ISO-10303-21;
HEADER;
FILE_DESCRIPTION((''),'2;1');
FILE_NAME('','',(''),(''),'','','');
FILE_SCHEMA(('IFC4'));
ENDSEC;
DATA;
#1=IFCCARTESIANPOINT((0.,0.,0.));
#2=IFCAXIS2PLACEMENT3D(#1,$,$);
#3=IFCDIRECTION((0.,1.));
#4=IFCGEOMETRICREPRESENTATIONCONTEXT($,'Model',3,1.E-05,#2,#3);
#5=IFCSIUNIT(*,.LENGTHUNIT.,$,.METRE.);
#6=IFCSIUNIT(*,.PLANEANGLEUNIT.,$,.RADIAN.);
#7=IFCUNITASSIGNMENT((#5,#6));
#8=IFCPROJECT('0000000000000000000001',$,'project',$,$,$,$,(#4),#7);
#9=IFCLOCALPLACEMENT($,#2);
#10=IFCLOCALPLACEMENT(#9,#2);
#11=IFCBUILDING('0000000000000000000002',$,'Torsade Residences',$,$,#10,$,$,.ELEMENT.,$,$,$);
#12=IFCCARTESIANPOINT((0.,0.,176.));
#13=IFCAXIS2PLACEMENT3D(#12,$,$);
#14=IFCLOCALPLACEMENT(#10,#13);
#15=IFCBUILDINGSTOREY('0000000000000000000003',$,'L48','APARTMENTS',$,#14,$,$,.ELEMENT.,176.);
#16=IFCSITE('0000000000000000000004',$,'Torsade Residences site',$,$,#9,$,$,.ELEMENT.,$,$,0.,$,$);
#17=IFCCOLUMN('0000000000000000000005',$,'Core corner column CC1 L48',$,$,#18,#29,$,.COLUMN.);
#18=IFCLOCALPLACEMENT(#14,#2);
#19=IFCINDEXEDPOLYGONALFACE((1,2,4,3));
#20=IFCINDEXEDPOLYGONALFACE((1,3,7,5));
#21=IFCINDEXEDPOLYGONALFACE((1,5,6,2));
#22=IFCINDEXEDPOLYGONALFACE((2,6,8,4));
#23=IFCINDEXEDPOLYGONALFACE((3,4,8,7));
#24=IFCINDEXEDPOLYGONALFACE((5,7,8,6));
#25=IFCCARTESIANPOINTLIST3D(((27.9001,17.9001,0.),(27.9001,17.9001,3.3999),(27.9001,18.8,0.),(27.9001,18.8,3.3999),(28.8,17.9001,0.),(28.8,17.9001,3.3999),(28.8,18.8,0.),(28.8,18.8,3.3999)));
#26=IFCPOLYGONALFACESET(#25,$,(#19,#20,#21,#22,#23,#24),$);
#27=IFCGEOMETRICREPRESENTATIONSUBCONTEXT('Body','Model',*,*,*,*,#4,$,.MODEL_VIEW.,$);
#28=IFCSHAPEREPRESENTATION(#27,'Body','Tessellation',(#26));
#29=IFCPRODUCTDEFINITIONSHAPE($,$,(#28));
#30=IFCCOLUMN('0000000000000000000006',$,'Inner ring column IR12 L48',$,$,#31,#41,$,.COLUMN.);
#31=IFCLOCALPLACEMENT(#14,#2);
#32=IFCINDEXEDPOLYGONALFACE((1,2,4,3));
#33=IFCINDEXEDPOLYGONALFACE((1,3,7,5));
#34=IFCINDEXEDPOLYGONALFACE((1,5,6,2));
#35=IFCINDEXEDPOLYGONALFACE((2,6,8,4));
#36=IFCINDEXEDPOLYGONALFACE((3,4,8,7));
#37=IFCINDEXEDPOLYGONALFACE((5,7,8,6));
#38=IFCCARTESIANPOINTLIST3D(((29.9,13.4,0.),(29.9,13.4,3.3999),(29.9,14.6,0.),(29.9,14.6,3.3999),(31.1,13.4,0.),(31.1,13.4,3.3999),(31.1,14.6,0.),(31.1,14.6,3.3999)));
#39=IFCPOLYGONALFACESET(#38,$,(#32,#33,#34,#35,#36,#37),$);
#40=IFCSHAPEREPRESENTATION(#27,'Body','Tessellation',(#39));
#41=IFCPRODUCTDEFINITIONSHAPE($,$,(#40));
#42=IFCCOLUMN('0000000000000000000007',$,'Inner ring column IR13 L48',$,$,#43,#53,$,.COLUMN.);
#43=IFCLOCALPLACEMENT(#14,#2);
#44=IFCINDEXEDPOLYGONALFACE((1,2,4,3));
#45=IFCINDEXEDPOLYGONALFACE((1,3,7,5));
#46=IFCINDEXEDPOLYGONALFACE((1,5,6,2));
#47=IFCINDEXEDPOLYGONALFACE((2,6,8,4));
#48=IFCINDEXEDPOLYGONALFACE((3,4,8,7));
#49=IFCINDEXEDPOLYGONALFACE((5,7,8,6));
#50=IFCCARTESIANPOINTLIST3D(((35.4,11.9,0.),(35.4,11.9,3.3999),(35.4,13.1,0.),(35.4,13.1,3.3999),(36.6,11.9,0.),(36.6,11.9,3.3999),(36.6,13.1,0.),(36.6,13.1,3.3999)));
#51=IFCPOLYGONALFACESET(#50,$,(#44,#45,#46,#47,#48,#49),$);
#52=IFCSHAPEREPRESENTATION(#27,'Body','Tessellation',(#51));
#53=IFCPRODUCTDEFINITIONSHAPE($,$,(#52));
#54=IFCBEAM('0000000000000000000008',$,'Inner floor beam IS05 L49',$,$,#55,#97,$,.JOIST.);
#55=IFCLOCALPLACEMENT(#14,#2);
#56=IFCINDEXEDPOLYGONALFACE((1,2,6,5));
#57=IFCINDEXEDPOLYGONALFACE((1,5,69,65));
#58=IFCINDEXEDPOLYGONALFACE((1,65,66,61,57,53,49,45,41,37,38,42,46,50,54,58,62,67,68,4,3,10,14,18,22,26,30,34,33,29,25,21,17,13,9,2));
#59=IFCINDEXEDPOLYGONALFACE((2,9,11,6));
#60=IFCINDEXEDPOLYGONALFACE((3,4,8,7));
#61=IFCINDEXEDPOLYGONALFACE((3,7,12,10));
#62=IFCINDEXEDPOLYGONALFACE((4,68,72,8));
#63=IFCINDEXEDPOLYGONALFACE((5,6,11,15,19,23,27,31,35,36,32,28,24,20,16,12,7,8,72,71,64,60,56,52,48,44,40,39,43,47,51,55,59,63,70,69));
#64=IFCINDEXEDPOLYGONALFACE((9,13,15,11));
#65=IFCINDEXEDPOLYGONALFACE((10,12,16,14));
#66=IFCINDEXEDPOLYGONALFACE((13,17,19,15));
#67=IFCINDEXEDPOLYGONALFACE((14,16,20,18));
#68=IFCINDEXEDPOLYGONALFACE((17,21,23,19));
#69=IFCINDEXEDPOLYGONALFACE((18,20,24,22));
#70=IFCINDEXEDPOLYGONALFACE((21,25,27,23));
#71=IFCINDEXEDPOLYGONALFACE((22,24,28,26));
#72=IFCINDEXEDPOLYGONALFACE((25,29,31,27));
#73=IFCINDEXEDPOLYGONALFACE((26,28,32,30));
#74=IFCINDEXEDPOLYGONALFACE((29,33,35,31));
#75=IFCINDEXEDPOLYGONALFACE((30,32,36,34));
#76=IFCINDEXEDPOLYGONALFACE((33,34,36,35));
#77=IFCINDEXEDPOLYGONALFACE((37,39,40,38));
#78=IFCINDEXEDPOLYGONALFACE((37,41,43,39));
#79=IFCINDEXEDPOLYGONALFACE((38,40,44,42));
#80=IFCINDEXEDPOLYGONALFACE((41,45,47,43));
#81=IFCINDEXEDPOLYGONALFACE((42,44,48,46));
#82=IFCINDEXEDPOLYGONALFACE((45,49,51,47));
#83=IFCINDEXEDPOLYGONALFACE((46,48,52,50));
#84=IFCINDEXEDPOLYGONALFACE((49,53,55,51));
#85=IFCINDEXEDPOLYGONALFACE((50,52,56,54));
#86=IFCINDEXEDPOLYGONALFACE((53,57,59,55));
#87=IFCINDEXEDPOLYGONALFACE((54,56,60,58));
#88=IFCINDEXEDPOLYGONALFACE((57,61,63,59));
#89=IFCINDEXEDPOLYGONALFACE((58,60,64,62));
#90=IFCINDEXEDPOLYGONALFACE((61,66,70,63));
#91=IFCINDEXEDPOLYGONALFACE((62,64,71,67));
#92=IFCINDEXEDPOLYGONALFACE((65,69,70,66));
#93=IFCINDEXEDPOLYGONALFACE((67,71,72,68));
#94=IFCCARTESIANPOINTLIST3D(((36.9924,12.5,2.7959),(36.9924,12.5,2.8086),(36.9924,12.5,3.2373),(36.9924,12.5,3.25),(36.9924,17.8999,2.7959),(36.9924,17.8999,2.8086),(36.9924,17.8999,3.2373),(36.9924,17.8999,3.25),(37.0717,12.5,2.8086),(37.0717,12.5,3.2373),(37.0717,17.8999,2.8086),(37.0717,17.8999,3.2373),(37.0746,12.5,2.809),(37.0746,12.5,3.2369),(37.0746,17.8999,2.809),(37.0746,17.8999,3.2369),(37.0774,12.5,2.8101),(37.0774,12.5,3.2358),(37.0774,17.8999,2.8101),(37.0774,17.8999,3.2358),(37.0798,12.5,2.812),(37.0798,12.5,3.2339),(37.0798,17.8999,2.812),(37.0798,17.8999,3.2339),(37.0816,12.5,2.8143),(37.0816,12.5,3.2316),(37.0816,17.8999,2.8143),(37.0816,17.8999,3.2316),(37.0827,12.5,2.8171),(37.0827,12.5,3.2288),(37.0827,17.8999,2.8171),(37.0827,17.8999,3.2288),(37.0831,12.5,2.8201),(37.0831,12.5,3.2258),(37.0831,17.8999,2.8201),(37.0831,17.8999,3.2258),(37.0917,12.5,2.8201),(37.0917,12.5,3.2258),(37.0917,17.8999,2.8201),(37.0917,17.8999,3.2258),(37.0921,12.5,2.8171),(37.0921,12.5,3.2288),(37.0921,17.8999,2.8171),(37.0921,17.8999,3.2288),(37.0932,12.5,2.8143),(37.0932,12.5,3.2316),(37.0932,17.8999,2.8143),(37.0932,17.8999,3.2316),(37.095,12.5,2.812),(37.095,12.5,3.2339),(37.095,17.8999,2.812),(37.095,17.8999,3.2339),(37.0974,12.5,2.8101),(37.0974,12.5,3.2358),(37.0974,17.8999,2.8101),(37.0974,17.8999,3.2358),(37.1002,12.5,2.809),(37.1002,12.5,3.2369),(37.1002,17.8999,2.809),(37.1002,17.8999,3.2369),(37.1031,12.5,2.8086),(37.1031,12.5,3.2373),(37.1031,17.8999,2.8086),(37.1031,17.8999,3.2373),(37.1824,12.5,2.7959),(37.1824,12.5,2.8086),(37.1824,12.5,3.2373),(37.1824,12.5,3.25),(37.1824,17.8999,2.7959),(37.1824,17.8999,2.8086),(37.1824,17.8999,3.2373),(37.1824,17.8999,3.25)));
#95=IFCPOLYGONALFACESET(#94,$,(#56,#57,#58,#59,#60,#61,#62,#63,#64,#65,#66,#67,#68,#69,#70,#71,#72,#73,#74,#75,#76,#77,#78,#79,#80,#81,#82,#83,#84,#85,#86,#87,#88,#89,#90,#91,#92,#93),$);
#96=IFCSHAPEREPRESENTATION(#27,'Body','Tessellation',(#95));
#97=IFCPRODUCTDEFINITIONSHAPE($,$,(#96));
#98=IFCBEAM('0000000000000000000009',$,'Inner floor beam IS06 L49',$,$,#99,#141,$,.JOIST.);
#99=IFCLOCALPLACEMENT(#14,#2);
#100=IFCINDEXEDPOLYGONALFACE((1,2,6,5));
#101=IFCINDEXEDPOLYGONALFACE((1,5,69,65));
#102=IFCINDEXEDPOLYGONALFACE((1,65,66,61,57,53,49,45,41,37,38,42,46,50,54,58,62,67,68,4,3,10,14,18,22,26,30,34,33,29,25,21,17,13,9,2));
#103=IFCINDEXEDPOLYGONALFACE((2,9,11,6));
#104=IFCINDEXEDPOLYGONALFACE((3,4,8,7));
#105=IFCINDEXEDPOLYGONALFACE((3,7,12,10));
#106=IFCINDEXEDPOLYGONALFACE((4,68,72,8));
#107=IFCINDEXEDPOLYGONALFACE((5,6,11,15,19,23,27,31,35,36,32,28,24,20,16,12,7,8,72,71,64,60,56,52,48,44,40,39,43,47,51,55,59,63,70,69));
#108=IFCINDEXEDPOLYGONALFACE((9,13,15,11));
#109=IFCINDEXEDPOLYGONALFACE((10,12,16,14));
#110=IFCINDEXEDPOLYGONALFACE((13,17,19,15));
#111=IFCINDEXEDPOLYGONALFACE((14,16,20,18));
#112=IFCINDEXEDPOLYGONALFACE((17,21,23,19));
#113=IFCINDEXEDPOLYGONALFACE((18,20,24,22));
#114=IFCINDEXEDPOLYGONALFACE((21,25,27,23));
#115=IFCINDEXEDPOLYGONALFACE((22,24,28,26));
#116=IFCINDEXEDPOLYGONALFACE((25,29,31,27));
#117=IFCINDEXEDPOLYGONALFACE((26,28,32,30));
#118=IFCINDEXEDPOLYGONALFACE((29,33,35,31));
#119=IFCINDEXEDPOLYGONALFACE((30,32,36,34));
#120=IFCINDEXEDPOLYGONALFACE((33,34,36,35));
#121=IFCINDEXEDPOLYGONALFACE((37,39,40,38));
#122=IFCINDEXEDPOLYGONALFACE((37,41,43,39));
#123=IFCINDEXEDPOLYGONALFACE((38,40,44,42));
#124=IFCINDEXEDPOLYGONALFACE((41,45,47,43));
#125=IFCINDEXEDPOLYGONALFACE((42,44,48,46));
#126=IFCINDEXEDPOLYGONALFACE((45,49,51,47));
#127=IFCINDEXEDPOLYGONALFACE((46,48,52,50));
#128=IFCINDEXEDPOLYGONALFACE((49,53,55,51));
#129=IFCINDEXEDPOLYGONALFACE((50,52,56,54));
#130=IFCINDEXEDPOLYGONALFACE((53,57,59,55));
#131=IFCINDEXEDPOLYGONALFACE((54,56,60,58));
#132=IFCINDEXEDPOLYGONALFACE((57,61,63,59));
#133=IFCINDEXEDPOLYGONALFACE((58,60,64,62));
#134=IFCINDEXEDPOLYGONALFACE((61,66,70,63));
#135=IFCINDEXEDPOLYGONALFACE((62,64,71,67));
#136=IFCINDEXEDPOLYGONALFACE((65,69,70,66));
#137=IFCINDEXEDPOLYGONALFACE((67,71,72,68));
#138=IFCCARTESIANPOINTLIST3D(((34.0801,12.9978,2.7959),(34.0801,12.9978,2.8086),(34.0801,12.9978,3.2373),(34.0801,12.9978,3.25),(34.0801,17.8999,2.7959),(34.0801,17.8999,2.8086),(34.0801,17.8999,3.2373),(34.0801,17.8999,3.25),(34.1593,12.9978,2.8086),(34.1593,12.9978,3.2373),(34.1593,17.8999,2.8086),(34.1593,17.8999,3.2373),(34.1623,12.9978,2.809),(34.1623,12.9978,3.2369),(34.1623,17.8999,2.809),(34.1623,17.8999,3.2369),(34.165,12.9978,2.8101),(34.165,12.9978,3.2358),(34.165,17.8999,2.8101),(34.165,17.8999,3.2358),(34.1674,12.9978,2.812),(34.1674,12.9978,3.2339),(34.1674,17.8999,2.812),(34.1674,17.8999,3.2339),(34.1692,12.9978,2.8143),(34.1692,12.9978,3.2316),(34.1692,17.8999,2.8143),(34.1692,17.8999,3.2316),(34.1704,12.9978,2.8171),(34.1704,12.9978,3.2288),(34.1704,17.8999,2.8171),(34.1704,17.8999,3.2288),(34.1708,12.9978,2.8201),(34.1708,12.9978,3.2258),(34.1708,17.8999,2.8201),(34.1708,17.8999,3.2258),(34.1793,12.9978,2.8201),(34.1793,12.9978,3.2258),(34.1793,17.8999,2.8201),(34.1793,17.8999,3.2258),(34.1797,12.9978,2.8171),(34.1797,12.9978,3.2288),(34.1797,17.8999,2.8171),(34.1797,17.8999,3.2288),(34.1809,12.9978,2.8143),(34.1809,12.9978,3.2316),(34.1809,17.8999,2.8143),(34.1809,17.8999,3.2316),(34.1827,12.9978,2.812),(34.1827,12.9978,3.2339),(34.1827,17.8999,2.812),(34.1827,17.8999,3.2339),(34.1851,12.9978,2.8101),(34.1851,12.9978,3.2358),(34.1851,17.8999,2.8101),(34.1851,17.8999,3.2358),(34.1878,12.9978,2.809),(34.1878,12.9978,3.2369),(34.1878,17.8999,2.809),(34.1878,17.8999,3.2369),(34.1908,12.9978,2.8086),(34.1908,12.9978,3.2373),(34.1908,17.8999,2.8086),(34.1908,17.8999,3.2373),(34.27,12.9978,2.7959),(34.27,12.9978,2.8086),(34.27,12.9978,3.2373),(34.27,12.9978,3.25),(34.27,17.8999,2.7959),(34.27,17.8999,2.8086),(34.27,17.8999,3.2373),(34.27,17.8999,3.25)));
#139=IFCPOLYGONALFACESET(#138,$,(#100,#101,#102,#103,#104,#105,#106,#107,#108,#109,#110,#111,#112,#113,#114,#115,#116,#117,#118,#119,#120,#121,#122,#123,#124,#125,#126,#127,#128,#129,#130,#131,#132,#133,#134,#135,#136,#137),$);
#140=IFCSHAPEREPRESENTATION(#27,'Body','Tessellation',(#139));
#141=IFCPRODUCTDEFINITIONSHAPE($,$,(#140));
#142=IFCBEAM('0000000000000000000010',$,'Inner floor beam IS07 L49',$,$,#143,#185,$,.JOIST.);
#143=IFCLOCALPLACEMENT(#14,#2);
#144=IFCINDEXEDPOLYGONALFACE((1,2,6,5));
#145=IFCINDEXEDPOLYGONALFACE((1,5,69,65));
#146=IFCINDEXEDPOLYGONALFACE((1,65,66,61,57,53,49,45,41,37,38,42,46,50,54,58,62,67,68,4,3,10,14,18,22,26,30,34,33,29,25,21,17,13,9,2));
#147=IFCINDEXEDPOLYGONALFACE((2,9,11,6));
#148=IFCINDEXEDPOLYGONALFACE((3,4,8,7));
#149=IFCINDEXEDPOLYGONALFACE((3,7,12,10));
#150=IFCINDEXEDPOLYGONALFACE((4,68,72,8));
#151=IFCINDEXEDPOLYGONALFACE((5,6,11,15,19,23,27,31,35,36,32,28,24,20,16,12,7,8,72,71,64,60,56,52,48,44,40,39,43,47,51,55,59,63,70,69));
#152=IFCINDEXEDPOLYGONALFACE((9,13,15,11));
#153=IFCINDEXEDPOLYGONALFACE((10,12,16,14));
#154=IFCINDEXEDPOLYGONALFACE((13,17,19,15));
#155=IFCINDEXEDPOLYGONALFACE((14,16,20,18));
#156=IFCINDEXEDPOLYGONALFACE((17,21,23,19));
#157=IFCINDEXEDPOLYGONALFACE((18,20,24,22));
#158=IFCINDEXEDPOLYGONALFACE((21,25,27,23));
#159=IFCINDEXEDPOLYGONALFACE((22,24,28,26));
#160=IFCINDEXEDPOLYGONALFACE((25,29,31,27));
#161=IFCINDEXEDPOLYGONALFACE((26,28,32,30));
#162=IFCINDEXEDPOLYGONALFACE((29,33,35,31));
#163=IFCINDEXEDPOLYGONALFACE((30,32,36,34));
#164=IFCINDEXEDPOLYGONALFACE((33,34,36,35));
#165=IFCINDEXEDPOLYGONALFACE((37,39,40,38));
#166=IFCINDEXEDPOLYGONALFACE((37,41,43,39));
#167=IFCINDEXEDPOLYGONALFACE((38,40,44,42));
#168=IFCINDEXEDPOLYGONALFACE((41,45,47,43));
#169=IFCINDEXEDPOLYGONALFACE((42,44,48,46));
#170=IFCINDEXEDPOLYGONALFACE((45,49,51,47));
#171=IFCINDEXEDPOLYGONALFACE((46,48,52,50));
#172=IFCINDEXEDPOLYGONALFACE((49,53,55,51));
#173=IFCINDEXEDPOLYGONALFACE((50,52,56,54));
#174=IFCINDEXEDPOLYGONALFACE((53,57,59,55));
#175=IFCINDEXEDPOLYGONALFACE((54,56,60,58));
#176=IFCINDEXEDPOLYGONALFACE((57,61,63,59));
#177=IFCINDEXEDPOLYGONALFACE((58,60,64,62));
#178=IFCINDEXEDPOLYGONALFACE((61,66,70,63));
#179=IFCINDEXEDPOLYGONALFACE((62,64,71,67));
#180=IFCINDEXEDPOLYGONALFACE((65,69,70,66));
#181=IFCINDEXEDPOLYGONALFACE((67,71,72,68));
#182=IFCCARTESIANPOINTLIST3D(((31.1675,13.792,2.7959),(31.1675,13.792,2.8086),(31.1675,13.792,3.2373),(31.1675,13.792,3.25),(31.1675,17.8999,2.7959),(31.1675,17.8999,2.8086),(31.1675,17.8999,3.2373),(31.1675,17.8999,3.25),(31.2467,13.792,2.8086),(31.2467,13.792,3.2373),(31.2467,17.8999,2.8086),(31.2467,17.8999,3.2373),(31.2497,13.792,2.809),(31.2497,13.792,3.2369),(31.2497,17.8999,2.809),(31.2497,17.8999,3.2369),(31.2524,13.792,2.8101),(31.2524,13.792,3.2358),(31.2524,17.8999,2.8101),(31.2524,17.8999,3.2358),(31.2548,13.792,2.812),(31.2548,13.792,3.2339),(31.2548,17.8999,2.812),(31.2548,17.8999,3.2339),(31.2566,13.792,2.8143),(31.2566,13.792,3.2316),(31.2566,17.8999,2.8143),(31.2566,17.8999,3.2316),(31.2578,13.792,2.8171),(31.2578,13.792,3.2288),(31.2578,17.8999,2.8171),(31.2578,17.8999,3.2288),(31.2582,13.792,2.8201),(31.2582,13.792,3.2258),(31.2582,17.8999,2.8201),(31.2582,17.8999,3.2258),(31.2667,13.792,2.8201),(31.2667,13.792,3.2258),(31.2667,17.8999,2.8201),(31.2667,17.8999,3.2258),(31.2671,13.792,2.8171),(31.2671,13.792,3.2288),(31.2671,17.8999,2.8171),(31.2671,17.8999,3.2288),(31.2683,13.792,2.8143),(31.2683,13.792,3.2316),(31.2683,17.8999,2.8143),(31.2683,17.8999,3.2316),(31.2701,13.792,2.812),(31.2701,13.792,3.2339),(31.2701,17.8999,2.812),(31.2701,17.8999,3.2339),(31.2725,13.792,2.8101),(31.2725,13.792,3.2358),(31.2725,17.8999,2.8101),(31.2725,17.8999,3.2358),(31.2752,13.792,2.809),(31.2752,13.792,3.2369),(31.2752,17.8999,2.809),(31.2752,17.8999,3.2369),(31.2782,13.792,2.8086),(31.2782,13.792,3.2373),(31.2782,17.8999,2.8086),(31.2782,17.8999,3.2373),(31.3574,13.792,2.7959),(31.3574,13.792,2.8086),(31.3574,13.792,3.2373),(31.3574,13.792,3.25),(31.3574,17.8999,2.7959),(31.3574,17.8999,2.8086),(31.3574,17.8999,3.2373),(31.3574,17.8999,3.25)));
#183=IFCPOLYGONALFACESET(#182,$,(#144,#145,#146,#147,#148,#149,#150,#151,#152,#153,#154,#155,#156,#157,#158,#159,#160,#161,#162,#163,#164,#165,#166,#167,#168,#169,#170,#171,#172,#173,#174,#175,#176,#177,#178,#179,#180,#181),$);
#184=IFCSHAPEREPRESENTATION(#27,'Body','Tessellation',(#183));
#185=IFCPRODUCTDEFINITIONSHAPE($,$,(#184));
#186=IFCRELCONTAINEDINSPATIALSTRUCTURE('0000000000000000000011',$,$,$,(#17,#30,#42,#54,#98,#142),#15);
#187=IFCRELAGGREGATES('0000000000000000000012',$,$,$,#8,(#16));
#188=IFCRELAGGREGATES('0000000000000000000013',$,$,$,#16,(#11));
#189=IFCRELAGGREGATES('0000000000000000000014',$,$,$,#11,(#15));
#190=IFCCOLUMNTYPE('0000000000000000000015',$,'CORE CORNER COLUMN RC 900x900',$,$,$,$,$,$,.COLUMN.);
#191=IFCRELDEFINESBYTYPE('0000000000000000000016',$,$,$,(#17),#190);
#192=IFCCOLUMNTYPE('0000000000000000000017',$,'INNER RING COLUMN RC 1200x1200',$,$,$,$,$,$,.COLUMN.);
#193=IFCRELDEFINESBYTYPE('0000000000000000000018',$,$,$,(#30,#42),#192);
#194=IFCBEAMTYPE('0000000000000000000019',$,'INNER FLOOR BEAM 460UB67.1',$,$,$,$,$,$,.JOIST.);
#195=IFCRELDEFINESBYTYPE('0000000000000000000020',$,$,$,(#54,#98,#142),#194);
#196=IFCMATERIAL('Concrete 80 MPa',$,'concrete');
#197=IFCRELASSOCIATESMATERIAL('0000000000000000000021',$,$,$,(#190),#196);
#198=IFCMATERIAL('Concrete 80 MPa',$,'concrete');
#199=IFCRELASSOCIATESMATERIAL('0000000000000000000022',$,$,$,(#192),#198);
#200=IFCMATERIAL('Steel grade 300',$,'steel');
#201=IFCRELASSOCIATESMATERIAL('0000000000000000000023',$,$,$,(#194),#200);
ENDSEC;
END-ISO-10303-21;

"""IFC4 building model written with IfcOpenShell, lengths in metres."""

from ifc_helpers import new_model, si_unit, direction, frame, origin, origin_2d, place, context, subcontext, project, spatial, rectangle, i_section, extrude, material, material_profile, profile_set, type_object, element, save


model = new_model("IFC4")

# Units and contexts
model_context = context("Model", 3, precision=1e-05, world=origin(), true_north=direction((0.0, 1.0)))
body_context = subcontext(model_context, "Body", "Model", "MODEL_VIEW")
ifc_project = project(units=[si_unit("LENGTHUNIT", "METRE"), si_unit("PLANEANGLEUNIT", "RADIAN")], contexts=[model_context])

# Site, building, storey
site_placement = place(None, origin())
site = spatial("IfcSite", under=ifc_project, at=site_placement, Name="Torsade Residences site", CompositionType="ELEMENT", RefElevation=0.0)
building_placement = place(site_placement, origin())
building = spatial("IfcBuilding", under=site, at=building_placement, Name="Torsade Residences", CompositionType="ELEMENT")
storey_placement = place(building_placement, frame((0.0, 0.0, 176.0)))
storey = spatial("IfcBuildingStorey", under=building, at=storey_placement, Name="L48", Description="APARTMENTS", CompositionType="ELEMENT", Elevation=176.0)

# Columns
ifc_material_1 = material(Name="Concrete 80 MPa", Category="concrete")
ifc_material_profile_1 = material_profile(ifc_material_1, rectangle(XDim=0.8999, YDim=0.8999, at=origin_2d()), Name="RC 900x900")
ifc_profile_set_1 = profile_set([ifc_material_profile_1], Name="Concrete 80 MPa")
column_type_1 = type_object("IfcColumnType", Name="CORE CORNER COLUMN RC 900x900", PredefinedType="COLUMN", material=ifc_profile_set_1)
column_placement = place(storey_placement, frame((28.3501, 18.3501, 0.0), z_axis=(0.0, 0.0, 1.0), x_axis=(1.0, 0.0, 0.0)))
element("IfcColumn", 1, at=column_placement, inside=storey, type_object=column_type_1, Name="Core corner column CC1 L48", PredefinedType="COLUMN", context=body_context, shape_type="SweptSolid", body=[
    extrude(rectangle(XDim=0.8999, YDim=0.8999, at=origin_2d()), origin(), (0.0, 0.0, 1.0), 3.3999),
])
ifc_material_2 = material(Name="Concrete 80 MPa", Category="concrete")
ifc_material_profile_2 = material_profile(ifc_material_2, rectangle(XDim=1.2, YDim=1.2, at=origin_2d()), Name="RC 1200x1200")
ifc_profile_set_2 = profile_set([ifc_material_profile_2], Name="Concrete 80 MPa")
column_type_2 = type_object("IfcColumnType", Name="INNER RING COLUMN RC 1200x1200", PredefinedType="COLUMN", material=ifc_profile_set_2)
for number, where, z_axis, x_axis, name in (
    (2, (30.5, 14.0, 0.0), (0.0, 0.0, 1.0), (1.0, 0.0, 0.0), "Inner ring column IR12 L48"),
    (3, (36.0, 12.5, 0.0), (0.0, 0.0, 1.0), (1.0, 0.0, 0.0), "Inner ring column IR13 L48"),
):
    element("IfcColumn", number, at=place(storey_placement, frame(where, z_axis=z_axis, x_axis=x_axis)), inside=storey, type_object=column_type_2, Name=name, PredefinedType="COLUMN", context=body_context, shape_type="SweptSolid", body=[
        extrude(rectangle(XDim=1.2, YDim=1.2, at=origin_2d()), origin(), (0.0, 0.0, 1.0), 3.3999),
    ])

# Beams
ifc_material_3 = material(Name="Steel grade 300", Category="steel")
ifc_material_profile_3 = material_profile(ifc_material_3, i_section(OverallWidth=0.1899, OverallDepth=0.4541, WebThickness=0.0085, FlangeThickness=0.0127, FilletRadius=0.0115, at=origin_2d()), Name="460UB67.1")
ifc_profile_set_3 = profile_set([ifc_material_profile_3], Name="Steel grade 300")
beam_type_1 = type_object("IfcBeamType", Name="INNER FLOOR BEAM 460UB67.1", PredefinedType="JOIST", material=ifc_profile_set_3)
beam_1_placement = place(storey_placement, frame((37.0874, 17.8999, 3.0229), z_axis=(0.0, -1.0, 0.0), x_axis=(1.0, 0.0, 0.0)))
element("IfcBeam", 4, at=beam_1_placement, inside=storey, type_object=beam_type_1, Name="Inner floor beam IS05 L49", PredefinedType="JOIST", context=body_context, shape_type="SweptSolid", body=[
    extrude(i_section(OverallWidth=0.1899, OverallDepth=0.4541, WebThickness=0.0085, FlangeThickness=0.0127, FilletRadius=0.0115, at=origin_2d()), origin(), (0.0, 0.0, 1.0), 5.3999),
])
beam_2_placement = place(storey_placement, frame((34.175, 17.8999, 3.0229), z_axis=(0.0, -1.0, 0.0), x_axis=(1.0, 0.0, 0.0)))
element("IfcBeam", 5, at=beam_2_placement, inside=storey, type_object=beam_type_1, Name="Inner floor beam IS06 L49", PredefinedType="JOIST", context=body_context, shape_type="SweptSolid", body=[
    extrude(i_section(OverallWidth=0.1899, OverallDepth=0.4541, WebThickness=0.0085, FlangeThickness=0.0127, FilletRadius=0.0115, at=origin_2d()), origin(), (0.0, 0.0, 1.0), 4.9021),
])
beam_3_placement = place(storey_placement, frame((31.2625, 17.8999, 3.0229), z_axis=(0.0, -1.0, 0.0), x_axis=(1.0, 0.0, 0.0)))
element("IfcBeam", 6, at=beam_3_placement, inside=storey, type_object=beam_type_1, Name="Inner floor beam IS07 L49", PredefinedType="JOIST", context=body_context, shape_type="SweptSolid", body=[
    extrude(i_section(OverallWidth=0.1899, OverallDepth=0.4541, WebThickness=0.0085, FlangeThickness=0.0127, FilletRadius=0.0115, at=origin_2d()), origin(), (0.0, 0.0, 1.0), 4.1079),
])

save(model, "model.ifc")
